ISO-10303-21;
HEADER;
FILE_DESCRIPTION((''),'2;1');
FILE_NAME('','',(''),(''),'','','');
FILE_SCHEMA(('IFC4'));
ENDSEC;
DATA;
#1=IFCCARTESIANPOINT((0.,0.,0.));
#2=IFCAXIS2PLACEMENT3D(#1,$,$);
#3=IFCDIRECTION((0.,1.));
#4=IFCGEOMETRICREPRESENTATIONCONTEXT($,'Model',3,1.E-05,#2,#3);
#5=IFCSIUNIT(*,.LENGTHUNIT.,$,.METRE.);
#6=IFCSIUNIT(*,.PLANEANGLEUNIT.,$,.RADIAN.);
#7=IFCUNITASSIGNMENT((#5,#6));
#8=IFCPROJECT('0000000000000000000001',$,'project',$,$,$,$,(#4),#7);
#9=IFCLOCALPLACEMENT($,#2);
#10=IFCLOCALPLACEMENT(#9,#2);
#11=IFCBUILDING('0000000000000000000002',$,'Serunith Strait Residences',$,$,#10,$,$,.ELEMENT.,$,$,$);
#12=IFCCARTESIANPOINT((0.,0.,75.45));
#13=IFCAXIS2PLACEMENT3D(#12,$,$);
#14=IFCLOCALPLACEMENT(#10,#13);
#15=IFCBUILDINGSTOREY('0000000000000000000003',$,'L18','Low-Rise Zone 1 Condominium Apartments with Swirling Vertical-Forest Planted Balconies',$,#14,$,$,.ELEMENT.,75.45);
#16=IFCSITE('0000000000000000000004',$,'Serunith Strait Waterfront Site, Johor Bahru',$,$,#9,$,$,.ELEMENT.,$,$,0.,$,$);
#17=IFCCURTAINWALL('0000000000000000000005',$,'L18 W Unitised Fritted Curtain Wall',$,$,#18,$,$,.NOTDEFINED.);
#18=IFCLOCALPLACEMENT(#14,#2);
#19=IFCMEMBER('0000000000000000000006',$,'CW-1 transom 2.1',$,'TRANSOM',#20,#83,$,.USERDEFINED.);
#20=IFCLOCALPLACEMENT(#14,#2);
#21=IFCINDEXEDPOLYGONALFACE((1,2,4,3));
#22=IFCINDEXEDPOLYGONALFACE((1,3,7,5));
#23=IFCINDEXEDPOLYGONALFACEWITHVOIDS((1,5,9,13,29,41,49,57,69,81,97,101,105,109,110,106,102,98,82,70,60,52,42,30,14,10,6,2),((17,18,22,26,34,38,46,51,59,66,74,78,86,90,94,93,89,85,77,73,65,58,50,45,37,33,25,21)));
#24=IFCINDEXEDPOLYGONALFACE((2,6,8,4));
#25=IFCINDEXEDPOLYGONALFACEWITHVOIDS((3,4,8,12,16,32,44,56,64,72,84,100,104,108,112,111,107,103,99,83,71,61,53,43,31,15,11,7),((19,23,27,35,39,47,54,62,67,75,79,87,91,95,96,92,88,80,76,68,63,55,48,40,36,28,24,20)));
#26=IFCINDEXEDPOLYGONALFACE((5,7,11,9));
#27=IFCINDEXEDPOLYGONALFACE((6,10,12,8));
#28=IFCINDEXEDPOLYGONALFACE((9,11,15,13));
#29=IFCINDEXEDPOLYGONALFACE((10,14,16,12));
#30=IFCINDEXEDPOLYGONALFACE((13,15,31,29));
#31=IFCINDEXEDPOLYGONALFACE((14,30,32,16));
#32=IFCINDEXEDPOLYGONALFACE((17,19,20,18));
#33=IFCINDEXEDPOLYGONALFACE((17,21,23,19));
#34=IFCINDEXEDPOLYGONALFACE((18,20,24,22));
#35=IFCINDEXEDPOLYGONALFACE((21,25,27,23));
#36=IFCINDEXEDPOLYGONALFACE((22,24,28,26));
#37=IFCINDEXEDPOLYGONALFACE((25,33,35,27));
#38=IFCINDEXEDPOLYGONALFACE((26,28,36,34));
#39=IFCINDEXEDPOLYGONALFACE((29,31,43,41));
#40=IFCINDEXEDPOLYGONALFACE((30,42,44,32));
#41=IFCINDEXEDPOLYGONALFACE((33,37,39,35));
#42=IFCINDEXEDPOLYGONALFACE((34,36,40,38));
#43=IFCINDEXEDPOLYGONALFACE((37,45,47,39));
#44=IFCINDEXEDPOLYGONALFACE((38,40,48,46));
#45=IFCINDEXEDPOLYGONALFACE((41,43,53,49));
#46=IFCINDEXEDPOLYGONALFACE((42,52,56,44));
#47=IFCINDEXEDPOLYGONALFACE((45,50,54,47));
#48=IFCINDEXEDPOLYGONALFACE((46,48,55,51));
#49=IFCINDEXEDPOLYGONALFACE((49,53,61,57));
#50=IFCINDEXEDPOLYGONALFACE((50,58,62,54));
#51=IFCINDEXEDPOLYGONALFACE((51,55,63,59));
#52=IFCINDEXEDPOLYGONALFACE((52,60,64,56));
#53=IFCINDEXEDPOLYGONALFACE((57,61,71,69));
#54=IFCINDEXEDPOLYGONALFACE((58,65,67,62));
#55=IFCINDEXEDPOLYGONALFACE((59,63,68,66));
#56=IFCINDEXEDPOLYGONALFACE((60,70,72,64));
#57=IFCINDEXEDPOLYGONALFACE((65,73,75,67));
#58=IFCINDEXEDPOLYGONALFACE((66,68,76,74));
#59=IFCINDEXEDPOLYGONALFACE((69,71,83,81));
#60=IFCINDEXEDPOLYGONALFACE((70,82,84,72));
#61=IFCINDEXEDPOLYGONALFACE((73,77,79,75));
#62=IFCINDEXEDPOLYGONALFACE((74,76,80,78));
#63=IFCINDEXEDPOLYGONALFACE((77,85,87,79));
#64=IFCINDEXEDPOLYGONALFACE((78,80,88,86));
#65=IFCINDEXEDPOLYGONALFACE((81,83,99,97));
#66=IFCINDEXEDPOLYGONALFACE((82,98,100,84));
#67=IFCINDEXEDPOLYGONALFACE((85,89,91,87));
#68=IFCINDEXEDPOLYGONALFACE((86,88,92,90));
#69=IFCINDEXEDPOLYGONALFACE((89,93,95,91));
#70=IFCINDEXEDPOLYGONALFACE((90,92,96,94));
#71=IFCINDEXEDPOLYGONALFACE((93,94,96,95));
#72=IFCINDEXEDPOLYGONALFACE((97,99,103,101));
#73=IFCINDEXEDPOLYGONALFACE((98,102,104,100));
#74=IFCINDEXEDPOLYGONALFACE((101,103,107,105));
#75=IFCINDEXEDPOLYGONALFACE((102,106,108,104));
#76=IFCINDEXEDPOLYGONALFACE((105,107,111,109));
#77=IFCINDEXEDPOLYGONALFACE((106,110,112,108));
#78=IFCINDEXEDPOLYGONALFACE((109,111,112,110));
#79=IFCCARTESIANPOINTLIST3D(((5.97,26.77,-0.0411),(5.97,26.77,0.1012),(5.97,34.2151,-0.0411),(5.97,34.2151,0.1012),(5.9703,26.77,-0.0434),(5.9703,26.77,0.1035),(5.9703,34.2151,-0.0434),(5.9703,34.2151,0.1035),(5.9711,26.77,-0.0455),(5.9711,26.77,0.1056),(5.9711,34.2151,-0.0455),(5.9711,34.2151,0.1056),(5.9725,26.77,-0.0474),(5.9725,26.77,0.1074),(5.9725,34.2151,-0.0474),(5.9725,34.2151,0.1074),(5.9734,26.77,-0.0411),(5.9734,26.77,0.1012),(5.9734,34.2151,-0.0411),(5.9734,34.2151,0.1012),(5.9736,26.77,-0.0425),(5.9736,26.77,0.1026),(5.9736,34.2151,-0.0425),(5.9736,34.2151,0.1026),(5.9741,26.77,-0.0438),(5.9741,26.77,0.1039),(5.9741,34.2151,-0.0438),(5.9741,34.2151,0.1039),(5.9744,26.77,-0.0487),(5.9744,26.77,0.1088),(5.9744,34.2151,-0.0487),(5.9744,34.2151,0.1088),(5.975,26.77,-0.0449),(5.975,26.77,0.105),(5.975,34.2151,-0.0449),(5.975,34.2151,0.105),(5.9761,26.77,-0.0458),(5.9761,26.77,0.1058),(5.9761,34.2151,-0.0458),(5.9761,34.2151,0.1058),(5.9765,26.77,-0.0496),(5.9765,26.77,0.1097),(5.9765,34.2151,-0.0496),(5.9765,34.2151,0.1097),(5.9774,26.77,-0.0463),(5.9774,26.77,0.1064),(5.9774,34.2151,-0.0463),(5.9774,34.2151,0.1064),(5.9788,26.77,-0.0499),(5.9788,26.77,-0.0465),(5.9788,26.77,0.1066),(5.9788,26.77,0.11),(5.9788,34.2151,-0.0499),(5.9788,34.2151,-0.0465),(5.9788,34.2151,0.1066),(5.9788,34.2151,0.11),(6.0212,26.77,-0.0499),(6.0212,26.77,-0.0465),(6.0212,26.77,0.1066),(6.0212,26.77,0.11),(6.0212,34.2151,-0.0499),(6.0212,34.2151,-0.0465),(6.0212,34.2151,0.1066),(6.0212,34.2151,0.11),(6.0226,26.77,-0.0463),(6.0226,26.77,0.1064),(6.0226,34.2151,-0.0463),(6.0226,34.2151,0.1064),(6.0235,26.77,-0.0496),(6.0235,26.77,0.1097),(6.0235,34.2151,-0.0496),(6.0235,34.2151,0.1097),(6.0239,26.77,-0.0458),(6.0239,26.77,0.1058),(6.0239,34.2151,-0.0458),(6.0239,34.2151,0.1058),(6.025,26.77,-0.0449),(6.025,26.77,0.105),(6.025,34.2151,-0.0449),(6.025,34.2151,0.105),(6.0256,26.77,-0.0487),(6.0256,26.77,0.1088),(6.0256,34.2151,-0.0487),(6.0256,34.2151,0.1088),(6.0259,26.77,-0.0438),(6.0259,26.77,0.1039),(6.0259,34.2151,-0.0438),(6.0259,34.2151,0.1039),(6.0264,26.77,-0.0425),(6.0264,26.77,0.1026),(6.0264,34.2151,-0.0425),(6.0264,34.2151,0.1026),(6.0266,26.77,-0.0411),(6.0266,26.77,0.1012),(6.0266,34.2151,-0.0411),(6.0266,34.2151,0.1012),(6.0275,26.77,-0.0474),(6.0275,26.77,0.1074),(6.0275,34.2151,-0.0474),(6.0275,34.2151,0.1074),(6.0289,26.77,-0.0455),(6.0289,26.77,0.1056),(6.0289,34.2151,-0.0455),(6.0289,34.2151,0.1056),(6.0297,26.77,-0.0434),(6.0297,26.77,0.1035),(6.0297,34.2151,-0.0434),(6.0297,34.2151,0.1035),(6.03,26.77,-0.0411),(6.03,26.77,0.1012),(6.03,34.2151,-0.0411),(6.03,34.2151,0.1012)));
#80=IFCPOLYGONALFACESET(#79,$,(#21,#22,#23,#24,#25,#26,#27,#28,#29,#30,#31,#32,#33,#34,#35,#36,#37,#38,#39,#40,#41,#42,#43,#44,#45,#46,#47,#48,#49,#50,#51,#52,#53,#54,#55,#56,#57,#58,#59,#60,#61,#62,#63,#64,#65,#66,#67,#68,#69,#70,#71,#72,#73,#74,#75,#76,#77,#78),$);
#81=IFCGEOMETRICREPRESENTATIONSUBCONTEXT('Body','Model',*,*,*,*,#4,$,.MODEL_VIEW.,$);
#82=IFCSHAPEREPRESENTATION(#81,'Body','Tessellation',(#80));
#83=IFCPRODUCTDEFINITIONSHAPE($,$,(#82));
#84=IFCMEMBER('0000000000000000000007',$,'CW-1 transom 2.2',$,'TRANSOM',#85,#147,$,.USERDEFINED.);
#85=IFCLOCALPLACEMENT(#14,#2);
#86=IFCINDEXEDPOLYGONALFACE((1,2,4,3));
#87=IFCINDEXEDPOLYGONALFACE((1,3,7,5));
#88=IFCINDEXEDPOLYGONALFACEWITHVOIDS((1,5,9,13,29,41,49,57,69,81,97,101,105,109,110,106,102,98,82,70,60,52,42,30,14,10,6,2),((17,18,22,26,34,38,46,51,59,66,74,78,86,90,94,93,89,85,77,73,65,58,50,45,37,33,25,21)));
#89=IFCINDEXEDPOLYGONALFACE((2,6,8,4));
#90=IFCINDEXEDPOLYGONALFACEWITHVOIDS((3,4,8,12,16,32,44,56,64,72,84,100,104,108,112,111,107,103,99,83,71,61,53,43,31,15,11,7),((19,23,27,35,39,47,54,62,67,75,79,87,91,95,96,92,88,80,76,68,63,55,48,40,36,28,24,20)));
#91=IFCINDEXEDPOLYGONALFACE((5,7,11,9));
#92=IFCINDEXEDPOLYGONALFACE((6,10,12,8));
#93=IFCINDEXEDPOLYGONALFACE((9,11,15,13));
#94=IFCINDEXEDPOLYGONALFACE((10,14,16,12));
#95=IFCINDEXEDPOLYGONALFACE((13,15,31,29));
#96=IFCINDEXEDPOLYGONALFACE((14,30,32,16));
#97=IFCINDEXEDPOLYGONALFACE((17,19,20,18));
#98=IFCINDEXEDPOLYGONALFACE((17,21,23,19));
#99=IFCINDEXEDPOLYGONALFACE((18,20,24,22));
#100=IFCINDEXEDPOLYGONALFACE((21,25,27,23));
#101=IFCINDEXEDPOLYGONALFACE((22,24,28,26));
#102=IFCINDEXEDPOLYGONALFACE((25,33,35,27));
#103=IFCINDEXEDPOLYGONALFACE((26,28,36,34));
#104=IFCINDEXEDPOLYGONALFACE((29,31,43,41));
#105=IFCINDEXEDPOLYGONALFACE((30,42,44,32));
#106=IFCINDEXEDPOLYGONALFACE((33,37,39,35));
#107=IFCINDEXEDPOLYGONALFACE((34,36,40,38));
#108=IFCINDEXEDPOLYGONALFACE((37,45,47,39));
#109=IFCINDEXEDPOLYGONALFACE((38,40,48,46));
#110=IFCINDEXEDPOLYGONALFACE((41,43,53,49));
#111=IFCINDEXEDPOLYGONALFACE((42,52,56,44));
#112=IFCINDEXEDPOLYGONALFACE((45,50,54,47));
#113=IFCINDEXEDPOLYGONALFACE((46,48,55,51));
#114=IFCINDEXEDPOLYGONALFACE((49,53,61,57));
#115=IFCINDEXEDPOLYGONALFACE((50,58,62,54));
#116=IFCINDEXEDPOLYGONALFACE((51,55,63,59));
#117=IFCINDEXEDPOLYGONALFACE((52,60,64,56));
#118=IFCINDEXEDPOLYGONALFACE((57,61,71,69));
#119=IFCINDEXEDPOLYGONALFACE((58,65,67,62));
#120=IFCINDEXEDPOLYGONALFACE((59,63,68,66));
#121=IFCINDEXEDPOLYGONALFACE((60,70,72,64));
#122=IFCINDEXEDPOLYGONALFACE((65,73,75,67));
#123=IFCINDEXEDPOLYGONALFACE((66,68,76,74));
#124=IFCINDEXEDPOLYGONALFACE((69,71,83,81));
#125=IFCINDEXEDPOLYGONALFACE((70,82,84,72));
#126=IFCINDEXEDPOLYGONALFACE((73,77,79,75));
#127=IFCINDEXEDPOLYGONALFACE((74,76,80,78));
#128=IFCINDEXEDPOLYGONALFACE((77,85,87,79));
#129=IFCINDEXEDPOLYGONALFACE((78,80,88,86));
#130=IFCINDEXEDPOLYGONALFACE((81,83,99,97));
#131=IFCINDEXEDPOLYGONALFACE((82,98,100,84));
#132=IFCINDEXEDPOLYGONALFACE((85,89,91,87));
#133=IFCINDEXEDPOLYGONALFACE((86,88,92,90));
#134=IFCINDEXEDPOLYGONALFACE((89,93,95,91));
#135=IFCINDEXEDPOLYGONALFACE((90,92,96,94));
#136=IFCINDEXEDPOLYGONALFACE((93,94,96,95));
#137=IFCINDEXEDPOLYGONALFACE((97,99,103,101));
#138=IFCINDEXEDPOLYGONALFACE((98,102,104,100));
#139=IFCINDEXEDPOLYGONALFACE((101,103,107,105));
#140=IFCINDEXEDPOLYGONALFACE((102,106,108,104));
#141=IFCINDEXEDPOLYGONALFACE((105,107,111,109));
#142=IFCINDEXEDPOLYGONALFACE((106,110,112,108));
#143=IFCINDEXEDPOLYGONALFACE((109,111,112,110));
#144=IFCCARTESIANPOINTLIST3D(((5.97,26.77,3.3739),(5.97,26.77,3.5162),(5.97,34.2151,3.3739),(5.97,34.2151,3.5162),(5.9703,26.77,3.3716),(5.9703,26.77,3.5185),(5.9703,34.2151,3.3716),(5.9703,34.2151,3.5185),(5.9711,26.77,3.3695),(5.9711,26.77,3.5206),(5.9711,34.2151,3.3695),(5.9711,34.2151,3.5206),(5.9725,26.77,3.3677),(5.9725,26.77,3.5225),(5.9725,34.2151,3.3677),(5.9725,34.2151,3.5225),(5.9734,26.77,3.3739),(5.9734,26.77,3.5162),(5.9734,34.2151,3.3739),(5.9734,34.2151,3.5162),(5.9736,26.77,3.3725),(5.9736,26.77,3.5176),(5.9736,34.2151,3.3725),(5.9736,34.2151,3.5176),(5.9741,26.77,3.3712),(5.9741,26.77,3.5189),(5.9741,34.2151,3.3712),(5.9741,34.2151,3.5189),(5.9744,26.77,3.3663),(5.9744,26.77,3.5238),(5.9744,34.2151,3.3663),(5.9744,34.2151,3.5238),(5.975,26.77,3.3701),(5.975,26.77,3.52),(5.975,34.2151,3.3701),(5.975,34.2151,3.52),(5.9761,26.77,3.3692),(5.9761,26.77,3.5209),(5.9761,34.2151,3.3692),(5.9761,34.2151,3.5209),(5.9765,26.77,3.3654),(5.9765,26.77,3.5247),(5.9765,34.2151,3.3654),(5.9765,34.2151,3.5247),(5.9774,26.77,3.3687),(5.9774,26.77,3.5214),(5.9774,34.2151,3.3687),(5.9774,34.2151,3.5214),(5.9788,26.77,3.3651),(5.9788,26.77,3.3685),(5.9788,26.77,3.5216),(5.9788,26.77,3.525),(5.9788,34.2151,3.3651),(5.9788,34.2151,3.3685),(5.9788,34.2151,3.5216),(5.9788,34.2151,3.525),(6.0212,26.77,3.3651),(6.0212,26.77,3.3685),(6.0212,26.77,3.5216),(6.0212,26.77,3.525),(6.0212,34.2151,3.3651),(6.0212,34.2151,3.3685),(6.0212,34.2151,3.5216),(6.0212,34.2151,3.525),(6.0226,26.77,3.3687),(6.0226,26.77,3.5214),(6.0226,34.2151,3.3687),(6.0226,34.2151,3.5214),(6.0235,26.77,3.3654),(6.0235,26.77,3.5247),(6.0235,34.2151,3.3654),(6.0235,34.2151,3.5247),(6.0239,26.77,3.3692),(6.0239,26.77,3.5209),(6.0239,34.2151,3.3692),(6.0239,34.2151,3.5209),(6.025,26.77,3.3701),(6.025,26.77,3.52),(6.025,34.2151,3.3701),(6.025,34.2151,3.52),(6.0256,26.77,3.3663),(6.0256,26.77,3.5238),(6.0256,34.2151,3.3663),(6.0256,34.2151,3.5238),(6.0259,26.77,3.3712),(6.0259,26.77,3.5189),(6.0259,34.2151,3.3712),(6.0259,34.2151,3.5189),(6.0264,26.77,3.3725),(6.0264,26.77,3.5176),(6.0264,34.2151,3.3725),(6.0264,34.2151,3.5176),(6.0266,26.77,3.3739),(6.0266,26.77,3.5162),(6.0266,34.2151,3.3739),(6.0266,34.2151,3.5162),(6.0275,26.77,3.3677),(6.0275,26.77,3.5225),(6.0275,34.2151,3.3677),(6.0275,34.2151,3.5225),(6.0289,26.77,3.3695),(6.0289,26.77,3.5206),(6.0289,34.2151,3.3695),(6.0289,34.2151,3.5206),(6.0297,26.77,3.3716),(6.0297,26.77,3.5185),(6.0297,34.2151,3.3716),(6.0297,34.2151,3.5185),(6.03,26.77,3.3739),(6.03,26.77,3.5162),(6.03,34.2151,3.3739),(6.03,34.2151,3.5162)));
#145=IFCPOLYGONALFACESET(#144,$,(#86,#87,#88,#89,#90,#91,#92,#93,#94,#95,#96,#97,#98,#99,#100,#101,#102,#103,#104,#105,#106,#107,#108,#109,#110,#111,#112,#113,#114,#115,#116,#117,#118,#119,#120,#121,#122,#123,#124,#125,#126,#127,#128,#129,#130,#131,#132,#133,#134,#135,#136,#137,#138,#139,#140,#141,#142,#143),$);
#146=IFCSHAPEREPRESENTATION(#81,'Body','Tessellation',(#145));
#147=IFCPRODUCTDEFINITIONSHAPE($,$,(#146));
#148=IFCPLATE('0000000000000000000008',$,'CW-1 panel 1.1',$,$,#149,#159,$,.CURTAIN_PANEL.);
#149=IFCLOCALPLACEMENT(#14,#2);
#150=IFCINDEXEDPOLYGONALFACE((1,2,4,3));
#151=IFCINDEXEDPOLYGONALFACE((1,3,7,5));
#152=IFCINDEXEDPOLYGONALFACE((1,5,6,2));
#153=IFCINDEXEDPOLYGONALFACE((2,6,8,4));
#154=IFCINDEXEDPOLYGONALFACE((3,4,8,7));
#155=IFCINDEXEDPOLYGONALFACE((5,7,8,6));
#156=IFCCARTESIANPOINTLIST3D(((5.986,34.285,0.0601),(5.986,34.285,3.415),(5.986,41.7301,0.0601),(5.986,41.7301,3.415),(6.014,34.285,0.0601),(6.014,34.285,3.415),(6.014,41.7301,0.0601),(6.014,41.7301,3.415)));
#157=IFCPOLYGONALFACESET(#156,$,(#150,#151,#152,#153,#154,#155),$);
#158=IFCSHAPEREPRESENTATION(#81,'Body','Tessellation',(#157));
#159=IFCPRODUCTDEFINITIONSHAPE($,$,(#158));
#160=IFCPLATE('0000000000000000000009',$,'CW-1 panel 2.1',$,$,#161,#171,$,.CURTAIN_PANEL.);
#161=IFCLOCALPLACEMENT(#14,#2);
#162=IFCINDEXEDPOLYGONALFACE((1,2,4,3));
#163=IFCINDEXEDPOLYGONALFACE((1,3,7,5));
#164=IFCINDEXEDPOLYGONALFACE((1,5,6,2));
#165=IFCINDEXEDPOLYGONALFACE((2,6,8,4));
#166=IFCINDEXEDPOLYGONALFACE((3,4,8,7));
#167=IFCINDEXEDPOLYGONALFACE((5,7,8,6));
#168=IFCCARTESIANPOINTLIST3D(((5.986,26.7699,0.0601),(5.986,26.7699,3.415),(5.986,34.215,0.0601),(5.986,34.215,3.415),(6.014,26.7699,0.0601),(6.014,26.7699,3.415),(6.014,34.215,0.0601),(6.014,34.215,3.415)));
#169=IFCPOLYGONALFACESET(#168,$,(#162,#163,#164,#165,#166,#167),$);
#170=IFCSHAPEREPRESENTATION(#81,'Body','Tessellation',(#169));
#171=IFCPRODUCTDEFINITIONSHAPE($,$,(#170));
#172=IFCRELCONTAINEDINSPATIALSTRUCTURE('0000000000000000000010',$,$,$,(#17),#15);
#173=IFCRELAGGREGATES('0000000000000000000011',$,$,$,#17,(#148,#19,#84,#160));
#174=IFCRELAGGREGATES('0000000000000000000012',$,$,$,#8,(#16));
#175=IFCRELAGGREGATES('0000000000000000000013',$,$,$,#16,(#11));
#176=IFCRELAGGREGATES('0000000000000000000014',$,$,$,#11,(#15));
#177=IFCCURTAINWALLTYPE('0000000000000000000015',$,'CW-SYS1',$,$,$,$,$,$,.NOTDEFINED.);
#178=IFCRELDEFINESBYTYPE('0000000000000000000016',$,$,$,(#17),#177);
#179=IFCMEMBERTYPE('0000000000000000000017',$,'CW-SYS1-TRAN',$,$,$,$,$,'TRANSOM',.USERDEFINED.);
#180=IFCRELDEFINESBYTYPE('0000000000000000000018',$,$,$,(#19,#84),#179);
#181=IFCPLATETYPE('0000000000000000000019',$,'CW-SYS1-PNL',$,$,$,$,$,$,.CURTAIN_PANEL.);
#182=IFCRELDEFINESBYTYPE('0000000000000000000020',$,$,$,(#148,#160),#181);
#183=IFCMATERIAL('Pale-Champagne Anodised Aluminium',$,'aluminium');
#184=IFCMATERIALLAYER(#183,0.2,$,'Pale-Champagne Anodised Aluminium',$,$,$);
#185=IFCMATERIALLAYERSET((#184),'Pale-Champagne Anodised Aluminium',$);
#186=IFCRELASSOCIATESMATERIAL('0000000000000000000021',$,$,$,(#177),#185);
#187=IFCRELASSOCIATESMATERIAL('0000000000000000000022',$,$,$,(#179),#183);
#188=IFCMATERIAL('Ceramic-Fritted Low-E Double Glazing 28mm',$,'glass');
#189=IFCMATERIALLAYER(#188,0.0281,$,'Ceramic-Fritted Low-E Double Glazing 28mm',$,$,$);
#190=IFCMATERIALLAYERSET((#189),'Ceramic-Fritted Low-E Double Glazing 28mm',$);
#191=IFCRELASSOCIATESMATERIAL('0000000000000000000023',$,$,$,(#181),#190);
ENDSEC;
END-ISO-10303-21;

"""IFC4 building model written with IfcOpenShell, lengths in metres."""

from ifc_helpers import new_model, si_unit, direction, frame, origin, origin_2d, place, context, subcontext, project, spatial, rectangle, hollow_rectangle, extrude, source, transform, mapped, material, layer, layer_set, material_profile, profile_set, type_object, element, aggregate, save


model = new_model("IFC4")

# Units and contexts
model_context = context("Model", 3, precision=1e-05, world=origin(), true_north=direction((0.0, 1.0)))
body_context = subcontext(model_context, "Body", "Model", "MODEL_VIEW")
ifc_project = project(units=[si_unit("LENGTHUNIT", "METRE"), si_unit("PLANEANGLEUNIT", "RADIAN")], contexts=[model_context])

# Site, building, storey
site_placement = place(None, origin())
site = spatial("IfcSite", under=ifc_project, at=site_placement, Name="Serunith Strait Waterfront Site, Johor Bahru", CompositionType="ELEMENT", RefElevation=0.0)
building_placement = place(site_placement, origin())
building = spatial("IfcBuilding", under=site, at=building_placement, Name="Serunith Strait Residences", CompositionType="ELEMENT")
storey_placement = place(building_placement, frame((0.0, 0.0, 75.45)))
storey = spatial("IfcBuildingStorey", under=building, at=storey_placement, Name="L18", Description="Low-Rise Zone 1 Condominium Apartments with Swirling Vertical-Forest Planted Balconies", CompositionType="ELEMENT", Elevation=75.45)

# Curtain wall, members, plates
ifc_material_1 = material(Name="Pale-Champagne Anodised Aluminium", Category="aluminium")
ifc_layer_1 = layer(ifc_material_1, 0.2, Name="Pale-Champagne Anodised Aluminium")
ifc_layer_set_1 = layer_set([ifc_layer_1], Name="Pale-Champagne Anodised Aluminium")
curtain_wall_type = type_object("IfcCurtainWallType", Name="CW-SYS1", PredefinedType="NOTDEFINED", material=ifc_layer_set_1)
curtain_wall_placement = place(storey_placement, origin())
curtain_wall = element("IfcCurtainWall", 1, at=curtain_wall_placement, inside=storey, type_object=curtain_wall_type, Name="L18 W Unitised Fritted Curtain Wall", PredefinedType="NOTDEFINED")
ifc_material_profile_1 = material_profile(ifc_material_1, hollow_rectangle(XDim=0.0601, YDim=0.1599, WallThickness=0.0034, InnerFilletRadius=0.0054, OuterFilletRadius=0.0088, at=origin_2d()), Name="ALU 160x60x3.5")
ifc_profile_set_1 = profile_set([ifc_material_profile_1], Name="Pale-Champagne Anodised Aluminium")
member_type_1 = type_object("IfcMemberType", Name="CW-SYS1-TRAN", ElementType="TRANSOM", PredefinedType="USERDEFINED", material=ifc_profile_set_1)
shared_shape_1 = source(origin(), body_context, "Body", "SweptSolid", [
    extrude(hollow_rectangle(XDim=0.0601, YDim=0.1599, WallThickness=0.0034, InnerFilletRadius=0.0054, OuterFilletRadius=0.0088, at=origin_2d()), origin(), (0.0, 0.0, 1.0), 7.4451),
])
member_1_placement = place(storey_placement, frame((6.0, 34.2151, 0.03), z_axis=(0.0, -1.0, 0.0), x_axis=(1.0, 0.0, 0.0)))
member_1 = element("IfcMember", 2, at=member_1_placement, type_object=member_type_1, Name="CW-1 transom 2.1", ObjectType="TRANSOM", PredefinedType="USERDEFINED", context=body_context, shape_type="MappedRepresentation", body=[
    mapped(shared_shape_1, transform((0.0, 0.0, 0.0), scale=1.0)),
])
member_2_placement = place(storey_placement, frame((6.0, 34.2151, 3.4451), z_axis=(0.0, -1.0, 0.0), x_axis=(1.0, 0.0, 0.0)))
member_2 = element("IfcMember", 3, at=member_2_placement, type_object=member_type_1, Name="CW-1 transom 2.2", ObjectType="TRANSOM", PredefinedType="USERDEFINED", context=body_context, shape_type="MappedRepresentation", body=[
    mapped(shared_shape_1, transform((0.0, 0.0, 0.0), scale=1.0)),
])
ifc_material_2 = material(Name="Ceramic-Fritted Low-E Double Glazing 28mm", Category="glass")
ifc_layer_2 = layer(ifc_material_2, 0.0281, Name="Ceramic-Fritted Low-E Double Glazing 28mm")
ifc_layer_set_2 = layer_set([ifc_layer_2], Name="Ceramic-Fritted Low-E Double Glazing 28mm")
plate_type = type_object("IfcPlateType", Name="CW-SYS1-PNL", PredefinedType="CURTAIN_PANEL", material=ifc_layer_set_2)
shared_shape_2 = source(origin(), body_context, "Body", "SweptSolid", [
    extrude(rectangle(XDim=7.4451, YDim=0.0281, at=origin_2d()), origin(), (0.0, 0.0, 1.0), 3.355),
])
plate_1_placement = place(storey_placement, frame((6.0, 38.0076, 0.0601), z_axis=(0.0, 0.0, 1.0), x_axis=(0.0, -1.0, 0.0)))
plate_1 = element("IfcPlate", 4, at=plate_1_placement, type_object=plate_type, Name="CW-1 panel 1.1", PredefinedType="CURTAIN_PANEL", context=body_context, shape_type="MappedRepresentation", body=[
    mapped(shared_shape_2, transform((0.0, 0.0, 0.0), scale=1.0)),
])
plate_2_placement = place(storey_placement, frame((6.0, 30.4924, 0.0601), z_axis=(0.0, 0.0, 1.0), x_axis=(0.0, -1.0, 0.0)))
plate_2 = element("IfcPlate", 5, at=plate_2_placement, type_object=plate_type, Name="CW-1 panel 2.1", PredefinedType="CURTAIN_PANEL", context=body_context, shape_type="MappedRepresentation", body=[
    mapped(shared_shape_2, transform((0.0, 0.0, 0.0), scale=1.0)),
])
aggregate(curtain_wall, [plate_1, member_1, member_2, plate_2])

save(model, "model.ifc")
